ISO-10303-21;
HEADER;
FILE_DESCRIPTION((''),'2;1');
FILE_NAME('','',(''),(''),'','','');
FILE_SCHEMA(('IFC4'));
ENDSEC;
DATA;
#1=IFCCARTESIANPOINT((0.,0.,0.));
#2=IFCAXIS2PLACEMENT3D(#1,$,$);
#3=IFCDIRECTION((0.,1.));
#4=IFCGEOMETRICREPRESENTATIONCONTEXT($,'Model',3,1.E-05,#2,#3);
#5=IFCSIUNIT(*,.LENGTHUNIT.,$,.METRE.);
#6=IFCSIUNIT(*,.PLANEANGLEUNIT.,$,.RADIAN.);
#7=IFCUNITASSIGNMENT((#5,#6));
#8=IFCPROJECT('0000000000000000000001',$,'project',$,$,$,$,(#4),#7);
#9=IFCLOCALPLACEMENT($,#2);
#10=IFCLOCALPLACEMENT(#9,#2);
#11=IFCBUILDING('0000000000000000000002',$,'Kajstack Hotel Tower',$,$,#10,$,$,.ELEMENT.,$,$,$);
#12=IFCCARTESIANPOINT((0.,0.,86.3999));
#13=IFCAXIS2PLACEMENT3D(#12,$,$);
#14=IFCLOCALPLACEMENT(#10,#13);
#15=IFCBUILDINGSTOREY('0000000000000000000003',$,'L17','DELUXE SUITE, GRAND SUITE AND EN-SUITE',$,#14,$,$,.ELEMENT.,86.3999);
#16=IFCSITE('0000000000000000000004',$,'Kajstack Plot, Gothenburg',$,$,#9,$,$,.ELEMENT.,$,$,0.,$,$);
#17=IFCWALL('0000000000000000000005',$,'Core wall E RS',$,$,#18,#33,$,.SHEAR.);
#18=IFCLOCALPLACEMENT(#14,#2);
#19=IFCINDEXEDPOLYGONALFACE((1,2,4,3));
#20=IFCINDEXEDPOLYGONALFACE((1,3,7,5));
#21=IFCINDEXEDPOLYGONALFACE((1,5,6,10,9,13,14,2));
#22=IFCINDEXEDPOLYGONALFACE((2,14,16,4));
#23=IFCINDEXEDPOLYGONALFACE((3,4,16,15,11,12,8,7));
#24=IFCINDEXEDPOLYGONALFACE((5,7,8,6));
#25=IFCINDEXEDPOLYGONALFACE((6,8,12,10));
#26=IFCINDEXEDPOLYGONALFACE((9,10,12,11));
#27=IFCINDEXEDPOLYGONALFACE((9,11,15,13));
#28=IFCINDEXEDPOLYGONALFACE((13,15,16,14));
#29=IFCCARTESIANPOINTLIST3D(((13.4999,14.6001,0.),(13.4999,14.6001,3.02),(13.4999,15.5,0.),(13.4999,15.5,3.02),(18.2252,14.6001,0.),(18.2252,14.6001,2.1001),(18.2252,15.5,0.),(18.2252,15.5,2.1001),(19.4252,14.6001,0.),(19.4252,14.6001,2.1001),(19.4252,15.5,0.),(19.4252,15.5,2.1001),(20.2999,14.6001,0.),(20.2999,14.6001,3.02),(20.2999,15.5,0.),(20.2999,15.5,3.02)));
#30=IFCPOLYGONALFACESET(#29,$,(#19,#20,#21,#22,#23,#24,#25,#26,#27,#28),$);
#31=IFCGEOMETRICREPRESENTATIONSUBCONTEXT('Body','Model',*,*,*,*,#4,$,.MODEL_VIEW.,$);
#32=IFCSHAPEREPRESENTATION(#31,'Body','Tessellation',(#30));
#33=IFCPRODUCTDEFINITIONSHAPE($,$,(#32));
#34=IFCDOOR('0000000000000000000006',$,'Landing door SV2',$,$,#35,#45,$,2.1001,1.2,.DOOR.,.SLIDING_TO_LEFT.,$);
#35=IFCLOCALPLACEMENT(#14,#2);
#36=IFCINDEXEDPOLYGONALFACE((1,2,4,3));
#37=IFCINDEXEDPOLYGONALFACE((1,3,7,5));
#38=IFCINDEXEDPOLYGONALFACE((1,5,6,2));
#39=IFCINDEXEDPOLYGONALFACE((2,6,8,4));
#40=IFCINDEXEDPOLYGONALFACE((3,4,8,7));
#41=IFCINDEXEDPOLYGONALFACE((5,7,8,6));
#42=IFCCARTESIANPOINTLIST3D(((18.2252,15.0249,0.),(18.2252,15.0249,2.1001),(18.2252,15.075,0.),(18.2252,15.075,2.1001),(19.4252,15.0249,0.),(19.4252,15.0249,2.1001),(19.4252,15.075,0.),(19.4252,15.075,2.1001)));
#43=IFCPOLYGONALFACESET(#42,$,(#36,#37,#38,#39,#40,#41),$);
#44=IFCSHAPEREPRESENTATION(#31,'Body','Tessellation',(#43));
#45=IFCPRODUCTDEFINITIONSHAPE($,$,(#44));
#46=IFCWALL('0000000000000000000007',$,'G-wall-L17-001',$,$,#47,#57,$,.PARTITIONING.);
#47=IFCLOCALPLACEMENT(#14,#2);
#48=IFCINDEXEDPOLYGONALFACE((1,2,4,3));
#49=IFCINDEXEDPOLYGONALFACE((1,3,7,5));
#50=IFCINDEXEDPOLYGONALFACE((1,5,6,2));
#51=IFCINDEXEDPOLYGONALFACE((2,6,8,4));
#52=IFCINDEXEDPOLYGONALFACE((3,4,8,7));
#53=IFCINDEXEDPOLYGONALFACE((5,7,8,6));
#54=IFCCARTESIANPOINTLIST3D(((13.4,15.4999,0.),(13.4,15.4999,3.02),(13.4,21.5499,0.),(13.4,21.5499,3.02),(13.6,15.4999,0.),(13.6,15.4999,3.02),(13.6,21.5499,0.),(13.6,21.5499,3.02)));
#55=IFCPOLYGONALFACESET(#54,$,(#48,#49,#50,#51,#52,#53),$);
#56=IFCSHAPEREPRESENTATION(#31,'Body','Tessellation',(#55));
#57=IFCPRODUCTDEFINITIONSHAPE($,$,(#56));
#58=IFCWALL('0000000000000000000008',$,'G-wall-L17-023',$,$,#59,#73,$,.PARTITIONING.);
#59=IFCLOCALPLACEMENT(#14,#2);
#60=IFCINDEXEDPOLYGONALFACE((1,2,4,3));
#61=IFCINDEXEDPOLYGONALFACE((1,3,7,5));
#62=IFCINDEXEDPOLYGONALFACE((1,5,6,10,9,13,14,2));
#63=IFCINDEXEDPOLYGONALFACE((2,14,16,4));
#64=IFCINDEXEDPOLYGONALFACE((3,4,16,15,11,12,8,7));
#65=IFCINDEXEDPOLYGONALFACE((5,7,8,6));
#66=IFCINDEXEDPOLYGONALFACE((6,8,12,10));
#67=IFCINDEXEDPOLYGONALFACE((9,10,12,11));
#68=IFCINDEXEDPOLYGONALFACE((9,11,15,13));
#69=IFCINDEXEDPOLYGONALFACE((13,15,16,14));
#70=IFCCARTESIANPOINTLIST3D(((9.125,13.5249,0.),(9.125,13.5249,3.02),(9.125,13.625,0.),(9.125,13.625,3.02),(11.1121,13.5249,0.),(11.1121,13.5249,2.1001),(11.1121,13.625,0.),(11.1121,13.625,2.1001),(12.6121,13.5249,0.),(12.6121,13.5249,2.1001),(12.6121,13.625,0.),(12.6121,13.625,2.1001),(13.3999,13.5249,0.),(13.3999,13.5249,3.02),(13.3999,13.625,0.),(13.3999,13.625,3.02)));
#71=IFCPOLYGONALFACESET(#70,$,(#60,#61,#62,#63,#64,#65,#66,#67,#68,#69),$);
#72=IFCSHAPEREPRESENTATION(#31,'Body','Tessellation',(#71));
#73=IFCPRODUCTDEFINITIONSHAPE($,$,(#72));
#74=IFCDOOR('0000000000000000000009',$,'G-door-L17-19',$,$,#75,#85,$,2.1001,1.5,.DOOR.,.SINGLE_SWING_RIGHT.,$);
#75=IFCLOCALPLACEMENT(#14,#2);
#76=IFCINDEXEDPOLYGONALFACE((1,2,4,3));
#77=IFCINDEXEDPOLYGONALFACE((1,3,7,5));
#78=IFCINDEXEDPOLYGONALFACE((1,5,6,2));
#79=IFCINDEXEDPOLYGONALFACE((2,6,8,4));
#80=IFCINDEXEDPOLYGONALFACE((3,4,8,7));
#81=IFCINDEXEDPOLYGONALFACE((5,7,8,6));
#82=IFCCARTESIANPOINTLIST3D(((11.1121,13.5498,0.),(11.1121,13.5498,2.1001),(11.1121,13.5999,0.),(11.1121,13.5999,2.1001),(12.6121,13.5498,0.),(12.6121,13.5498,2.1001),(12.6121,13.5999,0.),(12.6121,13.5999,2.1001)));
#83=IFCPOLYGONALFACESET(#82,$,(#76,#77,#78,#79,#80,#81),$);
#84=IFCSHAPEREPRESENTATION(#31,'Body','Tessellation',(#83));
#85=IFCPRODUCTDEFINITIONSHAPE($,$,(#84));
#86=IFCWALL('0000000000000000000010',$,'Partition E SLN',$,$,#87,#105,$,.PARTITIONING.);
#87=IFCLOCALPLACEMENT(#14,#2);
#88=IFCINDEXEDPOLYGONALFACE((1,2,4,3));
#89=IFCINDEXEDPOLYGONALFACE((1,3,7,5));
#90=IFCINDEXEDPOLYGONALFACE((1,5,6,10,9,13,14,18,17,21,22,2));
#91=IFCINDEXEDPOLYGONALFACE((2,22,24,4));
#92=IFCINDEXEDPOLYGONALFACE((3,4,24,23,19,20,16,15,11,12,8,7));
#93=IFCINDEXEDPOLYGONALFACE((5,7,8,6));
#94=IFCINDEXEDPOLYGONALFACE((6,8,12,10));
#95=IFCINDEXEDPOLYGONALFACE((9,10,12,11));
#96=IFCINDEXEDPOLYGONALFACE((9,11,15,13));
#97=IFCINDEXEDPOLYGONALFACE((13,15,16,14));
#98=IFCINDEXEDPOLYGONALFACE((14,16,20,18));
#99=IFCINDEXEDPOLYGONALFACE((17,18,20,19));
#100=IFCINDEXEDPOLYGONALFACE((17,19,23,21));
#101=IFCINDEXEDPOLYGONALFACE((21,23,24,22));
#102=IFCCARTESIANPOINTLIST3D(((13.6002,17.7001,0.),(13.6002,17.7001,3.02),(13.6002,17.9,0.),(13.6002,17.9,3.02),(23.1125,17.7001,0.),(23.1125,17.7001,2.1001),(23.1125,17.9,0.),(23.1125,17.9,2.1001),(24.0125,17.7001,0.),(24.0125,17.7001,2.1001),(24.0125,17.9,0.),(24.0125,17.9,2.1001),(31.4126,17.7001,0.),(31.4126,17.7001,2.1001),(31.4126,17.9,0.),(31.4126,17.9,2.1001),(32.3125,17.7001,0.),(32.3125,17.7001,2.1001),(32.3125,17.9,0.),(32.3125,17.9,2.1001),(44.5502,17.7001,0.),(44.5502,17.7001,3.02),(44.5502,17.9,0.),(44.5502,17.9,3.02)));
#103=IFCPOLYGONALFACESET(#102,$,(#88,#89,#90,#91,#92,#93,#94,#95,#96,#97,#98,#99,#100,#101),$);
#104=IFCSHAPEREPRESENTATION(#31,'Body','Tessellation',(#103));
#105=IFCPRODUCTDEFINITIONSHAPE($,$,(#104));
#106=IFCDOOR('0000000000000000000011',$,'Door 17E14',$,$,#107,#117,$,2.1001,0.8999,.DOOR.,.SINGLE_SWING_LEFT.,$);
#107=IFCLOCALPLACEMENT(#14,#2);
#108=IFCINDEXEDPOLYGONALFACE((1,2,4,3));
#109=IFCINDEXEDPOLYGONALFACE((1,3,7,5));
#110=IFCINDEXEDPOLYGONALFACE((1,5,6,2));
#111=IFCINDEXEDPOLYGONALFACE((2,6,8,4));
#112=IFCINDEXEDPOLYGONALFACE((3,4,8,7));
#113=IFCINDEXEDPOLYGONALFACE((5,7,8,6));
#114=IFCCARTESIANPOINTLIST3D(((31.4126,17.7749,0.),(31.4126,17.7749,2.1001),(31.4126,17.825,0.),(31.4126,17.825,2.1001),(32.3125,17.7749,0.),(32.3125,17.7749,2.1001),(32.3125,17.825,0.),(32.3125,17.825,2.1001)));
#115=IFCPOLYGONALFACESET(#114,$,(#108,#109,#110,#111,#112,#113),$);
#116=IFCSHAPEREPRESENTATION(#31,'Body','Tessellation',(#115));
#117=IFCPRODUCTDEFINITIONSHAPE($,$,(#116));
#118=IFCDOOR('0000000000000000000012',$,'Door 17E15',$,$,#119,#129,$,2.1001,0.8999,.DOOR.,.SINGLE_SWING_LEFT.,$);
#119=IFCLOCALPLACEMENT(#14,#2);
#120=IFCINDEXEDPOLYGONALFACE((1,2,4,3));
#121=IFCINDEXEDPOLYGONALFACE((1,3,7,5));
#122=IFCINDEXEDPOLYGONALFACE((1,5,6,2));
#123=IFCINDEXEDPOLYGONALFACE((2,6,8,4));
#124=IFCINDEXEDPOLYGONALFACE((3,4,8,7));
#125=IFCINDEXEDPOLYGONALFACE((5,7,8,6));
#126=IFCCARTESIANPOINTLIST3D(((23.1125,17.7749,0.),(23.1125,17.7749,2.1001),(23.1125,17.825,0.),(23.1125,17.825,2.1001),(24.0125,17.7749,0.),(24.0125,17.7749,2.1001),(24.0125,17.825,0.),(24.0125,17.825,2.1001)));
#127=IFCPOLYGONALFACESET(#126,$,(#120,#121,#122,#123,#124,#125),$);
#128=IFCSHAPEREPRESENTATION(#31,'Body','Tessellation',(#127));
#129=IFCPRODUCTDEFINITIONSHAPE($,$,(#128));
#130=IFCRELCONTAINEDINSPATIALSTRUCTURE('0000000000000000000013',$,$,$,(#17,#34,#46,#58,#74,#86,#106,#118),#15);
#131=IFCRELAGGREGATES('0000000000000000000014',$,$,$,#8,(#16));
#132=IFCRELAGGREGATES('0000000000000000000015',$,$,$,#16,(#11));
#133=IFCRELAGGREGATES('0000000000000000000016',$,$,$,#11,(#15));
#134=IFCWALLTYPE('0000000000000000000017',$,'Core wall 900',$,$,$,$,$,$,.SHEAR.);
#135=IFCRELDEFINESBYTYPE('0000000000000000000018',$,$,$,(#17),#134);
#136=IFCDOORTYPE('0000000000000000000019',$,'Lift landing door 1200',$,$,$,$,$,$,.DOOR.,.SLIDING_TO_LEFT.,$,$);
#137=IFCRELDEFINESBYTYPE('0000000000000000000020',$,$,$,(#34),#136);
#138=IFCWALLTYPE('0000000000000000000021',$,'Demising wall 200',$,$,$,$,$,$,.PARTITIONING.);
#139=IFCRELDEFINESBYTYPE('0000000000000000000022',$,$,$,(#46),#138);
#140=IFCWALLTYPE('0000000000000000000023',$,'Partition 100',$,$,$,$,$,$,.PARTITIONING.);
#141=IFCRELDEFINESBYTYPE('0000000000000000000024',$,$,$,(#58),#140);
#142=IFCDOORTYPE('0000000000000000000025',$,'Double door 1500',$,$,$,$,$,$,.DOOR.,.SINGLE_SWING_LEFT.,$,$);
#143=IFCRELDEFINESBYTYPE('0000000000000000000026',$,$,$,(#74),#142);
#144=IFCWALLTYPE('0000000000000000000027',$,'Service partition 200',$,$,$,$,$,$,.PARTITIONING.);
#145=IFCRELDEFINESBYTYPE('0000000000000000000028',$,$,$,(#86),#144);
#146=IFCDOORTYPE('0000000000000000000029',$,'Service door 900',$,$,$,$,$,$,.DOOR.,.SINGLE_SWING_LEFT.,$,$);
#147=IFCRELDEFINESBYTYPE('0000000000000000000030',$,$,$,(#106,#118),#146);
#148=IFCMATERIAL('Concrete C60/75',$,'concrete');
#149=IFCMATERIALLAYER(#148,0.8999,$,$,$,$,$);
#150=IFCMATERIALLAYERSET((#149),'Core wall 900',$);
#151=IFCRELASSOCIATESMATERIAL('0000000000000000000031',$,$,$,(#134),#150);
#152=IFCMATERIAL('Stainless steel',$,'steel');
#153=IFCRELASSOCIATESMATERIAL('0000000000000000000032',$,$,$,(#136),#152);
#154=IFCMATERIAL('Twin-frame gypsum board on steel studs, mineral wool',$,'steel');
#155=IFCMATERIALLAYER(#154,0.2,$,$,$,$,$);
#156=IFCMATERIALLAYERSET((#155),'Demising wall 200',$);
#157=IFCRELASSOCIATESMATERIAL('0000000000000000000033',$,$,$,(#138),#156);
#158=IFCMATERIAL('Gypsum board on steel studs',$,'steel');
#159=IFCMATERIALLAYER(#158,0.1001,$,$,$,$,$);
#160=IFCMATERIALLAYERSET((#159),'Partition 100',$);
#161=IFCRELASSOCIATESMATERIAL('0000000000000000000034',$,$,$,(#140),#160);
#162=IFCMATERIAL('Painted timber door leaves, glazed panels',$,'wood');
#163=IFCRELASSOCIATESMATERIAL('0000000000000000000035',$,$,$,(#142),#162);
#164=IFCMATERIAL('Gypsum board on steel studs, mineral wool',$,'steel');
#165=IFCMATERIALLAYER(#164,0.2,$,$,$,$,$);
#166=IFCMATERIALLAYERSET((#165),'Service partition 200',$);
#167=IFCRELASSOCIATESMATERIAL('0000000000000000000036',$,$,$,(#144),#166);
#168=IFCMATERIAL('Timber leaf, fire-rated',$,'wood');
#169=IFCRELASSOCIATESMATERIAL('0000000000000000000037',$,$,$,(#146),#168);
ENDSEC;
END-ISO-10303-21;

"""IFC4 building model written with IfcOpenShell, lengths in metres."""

from ifc_helpers import new_model, si_unit, direction, frame, frame_2d, origin, place, context, subcontext, project, spatial, rectangle, extrude, material, layer, layer_set, type_object, element, fill, save


model = new_model("IFC4")

# Units and contexts
model_context = context("Model", 3, precision=1e-05, world=origin(), true_north=direction((0.0, 1.0)))
body_context = subcontext(model_context, "Body", "Model", "MODEL_VIEW")
ifc_project = project(units=[si_unit("LENGTHUNIT", "METRE"), si_unit("PLANEANGLEUNIT", "RADIAN")], contexts=[model_context])

# Site, building, storey
site_placement = place(None, origin())
site = spatial("IfcSite", under=ifc_project, at=site_placement, Name="Kajstack Plot, Gothenburg", CompositionType="ELEMENT", RefElevation=0.0)
building_placement = place(site_placement, origin())
building = spatial("IfcBuilding", under=site, at=building_placement, Name="Kajstack Hotel Tower", CompositionType="ELEMENT")
storey_placement = place(building_placement, frame((0.0, 0.0, 86.3999)))
storey = spatial("IfcBuildingStorey", under=building, at=storey_placement, Name="L17", Description="DELUXE SUITE, GRAND SUITE AND EN-SUITE", CompositionType="ELEMENT", Elevation=86.3999)

# Wall, opening, door
ifc_material_1 = material(Name="Concrete C60/75", Category="concrete")
ifc_layer_1 = layer(ifc_material_1, 0.8999)
ifc_layer_set_1 = layer_set([ifc_layer_1], Name="Core wall 900")
wall_type_1 = type_object("IfcWallType", Name="Core wall 900", PredefinedType="SHEAR", material=ifc_layer_set_1)
wall_1_placement = place(storey_placement, frame((13.5, 15.05, 0.0), z_axis=(0.0, 0.0, 1.0), x_axis=(1.0, 0.0, 0.0)))
wall_1 = element("IfcWall", 1, at=wall_1_placement, inside=storey, type_object=wall_type_1, Name="Core wall E RS", PredefinedType="SHEAR", context=body_context, shape_type="SweptSolid", body=[
    extrude(rectangle(XDim=6.8, YDim=0.8999, at=frame_2d((3.3999, 0.0))), origin(), (0.0, 0.0, 1.0), 3.02),
])
opening_1_placement = place(wall_1_placement, frame((4.7251, 0.0, 0.0)))
opening_1 = element("IfcOpeningElement", 2, at=opening_1_placement, cuts=wall_1, PredefinedType="OPENING", context=body_context, shape_type="SweptSolid", body=[
    extrude(rectangle(XDim=1.2, YDim=2.1001, at=frame_2d((0.6001, 1.05))), frame((0.0, 0.46, 0.0), z_axis=(0.0, -1.0, 0.0), x_axis=(1.0, 0.0, 0.0)), (0.0, 0.0, 1.0), 0.9199),
])
ifc_material_2 = material(Name="Stainless steel", Category="steel")
door_type_1 = type_object("IfcDoorType", Name="Lift landing door 1200", OperationType="SLIDING_TO_LEFT", PredefinedType="DOOR", material=ifc_material_2)
door_1_placement = place(opening_1_placement, origin())
door_1 = element("IfcDoor", 3, at=door_1_placement, inside=storey, type_object=door_type_1, Name="Landing door SV2", OperationType="SLIDING_TO_LEFT", OverallHeight=2.1001, OverallWidth=1.2, PredefinedType="DOOR", context=body_context, shape_type="SweptSolid", body=[
    extrude(rectangle(XDim=1.2, YDim=2.1001, at=frame_2d((0.6001, 1.05))), frame((0.0, 0.0249, 0.0), z_axis=(0.0, -1.0, 0.0), x_axis=(1.0, 0.0, 0.0)), (0.0, 0.0, 1.0), 0.05),
])
fill(opening_1, door_1)

# Wall
ifc_material_3 = material(Name="Twin-frame gypsum board on steel studs, mineral wool", Category="steel")
ifc_layer_2 = layer(ifc_material_3, 0.2)
ifc_layer_set_2 = layer_set([ifc_layer_2], Name="Demising wall 200")
wall_type_2 = type_object("IfcWallType", Name="Demising wall 200", PredefinedType="PARTITIONING", material=ifc_layer_set_2)
wall_2_placement = place(storey_placement, frame((13.5, 15.5, 0.0), z_axis=(0.0, 0.0, 1.0), x_axis=(0.0, 1.0, 0.0)))
element("IfcWall", 4, at=wall_2_placement, inside=storey, type_object=wall_type_2, Name="G-wall-L17-001", PredefinedType="PARTITIONING", context=body_context, shape_type="SweptSolid", body=[
    extrude(rectangle(XDim=6.05, YDim=0.2, at=frame_2d((3.0249, 0.0))), origin(), (0.0, 0.0, 1.0), 3.02),
])

# Wall, opening, door
ifc_material_4 = material(Name="Gypsum board on steel studs", Category="steel")
ifc_layer_3 = layer(ifc_material_4, 0.1001)
ifc_layer_set_3 = layer_set([ifc_layer_3], Name="Partition 100")
wall_type_3 = type_object("IfcWallType", Name="Partition 100", PredefinedType="PARTITIONING", material=ifc_layer_set_3)
wall_3_placement = place(storey_placement, frame((9.125, 13.575, 0.0), z_axis=(0.0, 0.0, 1.0), x_axis=(1.0, 0.0, 0.0)))
wall_3 = element("IfcWall", 5, at=wall_3_placement, inside=storey, type_object=wall_type_3, Name="G-wall-L17-023", PredefinedType="PARTITIONING", context=body_context, shape_type="SweptSolid", body=[
    extrude(rectangle(XDim=4.2749, YDim=0.1001, at=frame_2d((2.1375, 0.0))), origin(), (0.0, 0.0, 1.0), 3.02),
])
opening_2_placement = place(wall_3_placement, frame((1.9871, 0.0, 0.0)))
opening_2 = element("IfcOpeningElement", 6, at=opening_2_placement, cuts=wall_3, PredefinedType="OPENING", context=body_context, shape_type="SweptSolid", body=[
    extrude(rectangle(XDim=1.5, YDim=2.1001, at=frame_2d((0.75, 1.05))), frame((0.0, 0.0601, 0.0), z_axis=(0.0, -1.0, 0.0), x_axis=(1.0, 0.0, 0.0)), (0.0, 0.0, 1.0), 0.1201),
])
ifc_material_5 = material(Name="Painted timber door leaves, glazed panels", Category="wood")
door_type_2 = type_object("IfcDoorType", Name="Double door 1500", OperationType="SINGLE_SWING_LEFT", PredefinedType="DOOR", material=ifc_material_5)
door_2_placement = place(opening_2_placement, origin())
door_2 = element("IfcDoor", 7, at=door_2_placement, inside=storey, type_object=door_type_2, Name="G-door-L17-19", OperationType="SINGLE_SWING_RIGHT", OverallHeight=2.1001, OverallWidth=1.5, PredefinedType="DOOR", context=body_context, shape_type="SweptSolid", body=[
    extrude(rectangle(XDim=1.5, YDim=2.1001, at=frame_2d((0.75, 1.05))), frame((0.0, 0.0249, 0.0), z_axis=(0.0, -1.0, 0.0), x_axis=(1.0, 0.0, 0.0)), (0.0, 0.0, 1.0), 0.05),
])
fill(opening_2, door_2)

# Wall, openings, doors
ifc_material_6 = material(Name="Gypsum board on steel studs, mineral wool", Category="steel")
ifc_layer_4 = layer(ifc_material_6, 0.2)
ifc_layer_set_4 = layer_set([ifc_layer_4], Name="Service partition 200")
wall_type_4 = type_object("IfcWallType", Name="Service partition 200", PredefinedType="PARTITIONING", material=ifc_layer_set_4)
wall_4_placement = place(storey_placement, frame((13.6001, 17.8, 0.0), z_axis=(0.0, 0.0, 1.0), x_axis=(1.0, 0.0, 0.0)))
wall_4 = element("IfcWall", 8, at=wall_4_placement, inside=storey, type_object=wall_type_4, Name="Partition E SLN", PredefinedType="PARTITIONING", context=body_context, shape_type="SweptSolid", body=[
    extrude(rectangle(XDim=30.95, YDim=0.2, at=frame_2d((15.4751, 0.0))), origin(), (0.0, 0.0, 1.0), 3.02),
])
opening_3_placement = place(wall_4_placement, frame((17.8125, 0.0, 0.0)))
opening_3 = element("IfcOpeningElement", 9, at=opening_3_placement, cuts=wall_4, PredefinedType="OPENING", context=body_context, shape_type="SweptSolid", body=[
    extrude(rectangle(XDim=0.8999, YDim=2.1001, at=frame_2d((0.45, 1.05))), frame((0.0, 0.1099, 0.0), z_axis=(0.0, -1.0, 0.0), x_axis=(1.0, 0.0, 0.0)), (0.0, 0.0, 1.0), 0.22),
])
opening_4_placement = place(wall_4_placement, frame((9.5125, 0.0, 0.0)))
opening_4 = element("IfcOpeningElement", 10, at=opening_4_placement, cuts=wall_4, PredefinedType="OPENING", context=body_context, shape_type="SweptSolid", body=[
    extrude(rectangle(XDim=0.8999, YDim=2.1001, at=frame_2d((0.45, 1.05))), frame((0.0, 0.1099, 0.0), z_axis=(0.0, -1.0, 0.0), x_axis=(1.0, 0.0, 0.0)), (0.0, 0.0, 1.0), 0.22),
])
ifc_material_7 = material(Name="Timber leaf, fire-rated", Category="wood")
door_type_3 = type_object("IfcDoorType", Name="Service door 900", OperationType="SINGLE_SWING_LEFT", PredefinedType="DOOR", material=ifc_material_7)
door_3_placement = place(opening_3_placement, origin())
door_3 = element("IfcDoor", 11, at=door_3_placement, inside=storey, type_object=door_type_3, Name="Door 17E14", OperationType="SINGLE_SWING_LEFT", OverallHeight=2.1001, OverallWidth=0.8999, PredefinedType="DOOR", context=body_context, shape_type="SweptSolid", body=[
    extrude(rectangle(XDim=0.8999, YDim=2.1001, at=frame_2d((0.45, 1.05))), frame((0.0, 0.0249, 0.0), z_axis=(0.0, -1.0, 0.0), x_axis=(1.0, 0.0, 0.0)), (0.0, 0.0, 1.0), 0.05),
])
fill(opening_3, door_3)
door_4_placement = place(opening_4_placement, origin())
door_4 = element("IfcDoor", 12, at=door_4_placement, inside=storey, type_object=door_type_3, Name="Door 17E15", OperationType="SINGLE_SWING_LEFT", OverallHeight=2.1001, OverallWidth=0.8999, PredefinedType="DOOR", context=body_context, shape_type="SweptSolid", body=[
    extrude(rectangle(XDim=0.8999, YDim=2.1001, at=frame_2d((0.45, 1.05))), frame((0.0, 0.0249, 0.0), z_axis=(0.0, -1.0, 0.0), x_axis=(1.0, 0.0, 0.0)), (0.0, 0.0, 1.0), 0.05),
])
fill(opening_4, door_4)

save(model, "model.ifc")
